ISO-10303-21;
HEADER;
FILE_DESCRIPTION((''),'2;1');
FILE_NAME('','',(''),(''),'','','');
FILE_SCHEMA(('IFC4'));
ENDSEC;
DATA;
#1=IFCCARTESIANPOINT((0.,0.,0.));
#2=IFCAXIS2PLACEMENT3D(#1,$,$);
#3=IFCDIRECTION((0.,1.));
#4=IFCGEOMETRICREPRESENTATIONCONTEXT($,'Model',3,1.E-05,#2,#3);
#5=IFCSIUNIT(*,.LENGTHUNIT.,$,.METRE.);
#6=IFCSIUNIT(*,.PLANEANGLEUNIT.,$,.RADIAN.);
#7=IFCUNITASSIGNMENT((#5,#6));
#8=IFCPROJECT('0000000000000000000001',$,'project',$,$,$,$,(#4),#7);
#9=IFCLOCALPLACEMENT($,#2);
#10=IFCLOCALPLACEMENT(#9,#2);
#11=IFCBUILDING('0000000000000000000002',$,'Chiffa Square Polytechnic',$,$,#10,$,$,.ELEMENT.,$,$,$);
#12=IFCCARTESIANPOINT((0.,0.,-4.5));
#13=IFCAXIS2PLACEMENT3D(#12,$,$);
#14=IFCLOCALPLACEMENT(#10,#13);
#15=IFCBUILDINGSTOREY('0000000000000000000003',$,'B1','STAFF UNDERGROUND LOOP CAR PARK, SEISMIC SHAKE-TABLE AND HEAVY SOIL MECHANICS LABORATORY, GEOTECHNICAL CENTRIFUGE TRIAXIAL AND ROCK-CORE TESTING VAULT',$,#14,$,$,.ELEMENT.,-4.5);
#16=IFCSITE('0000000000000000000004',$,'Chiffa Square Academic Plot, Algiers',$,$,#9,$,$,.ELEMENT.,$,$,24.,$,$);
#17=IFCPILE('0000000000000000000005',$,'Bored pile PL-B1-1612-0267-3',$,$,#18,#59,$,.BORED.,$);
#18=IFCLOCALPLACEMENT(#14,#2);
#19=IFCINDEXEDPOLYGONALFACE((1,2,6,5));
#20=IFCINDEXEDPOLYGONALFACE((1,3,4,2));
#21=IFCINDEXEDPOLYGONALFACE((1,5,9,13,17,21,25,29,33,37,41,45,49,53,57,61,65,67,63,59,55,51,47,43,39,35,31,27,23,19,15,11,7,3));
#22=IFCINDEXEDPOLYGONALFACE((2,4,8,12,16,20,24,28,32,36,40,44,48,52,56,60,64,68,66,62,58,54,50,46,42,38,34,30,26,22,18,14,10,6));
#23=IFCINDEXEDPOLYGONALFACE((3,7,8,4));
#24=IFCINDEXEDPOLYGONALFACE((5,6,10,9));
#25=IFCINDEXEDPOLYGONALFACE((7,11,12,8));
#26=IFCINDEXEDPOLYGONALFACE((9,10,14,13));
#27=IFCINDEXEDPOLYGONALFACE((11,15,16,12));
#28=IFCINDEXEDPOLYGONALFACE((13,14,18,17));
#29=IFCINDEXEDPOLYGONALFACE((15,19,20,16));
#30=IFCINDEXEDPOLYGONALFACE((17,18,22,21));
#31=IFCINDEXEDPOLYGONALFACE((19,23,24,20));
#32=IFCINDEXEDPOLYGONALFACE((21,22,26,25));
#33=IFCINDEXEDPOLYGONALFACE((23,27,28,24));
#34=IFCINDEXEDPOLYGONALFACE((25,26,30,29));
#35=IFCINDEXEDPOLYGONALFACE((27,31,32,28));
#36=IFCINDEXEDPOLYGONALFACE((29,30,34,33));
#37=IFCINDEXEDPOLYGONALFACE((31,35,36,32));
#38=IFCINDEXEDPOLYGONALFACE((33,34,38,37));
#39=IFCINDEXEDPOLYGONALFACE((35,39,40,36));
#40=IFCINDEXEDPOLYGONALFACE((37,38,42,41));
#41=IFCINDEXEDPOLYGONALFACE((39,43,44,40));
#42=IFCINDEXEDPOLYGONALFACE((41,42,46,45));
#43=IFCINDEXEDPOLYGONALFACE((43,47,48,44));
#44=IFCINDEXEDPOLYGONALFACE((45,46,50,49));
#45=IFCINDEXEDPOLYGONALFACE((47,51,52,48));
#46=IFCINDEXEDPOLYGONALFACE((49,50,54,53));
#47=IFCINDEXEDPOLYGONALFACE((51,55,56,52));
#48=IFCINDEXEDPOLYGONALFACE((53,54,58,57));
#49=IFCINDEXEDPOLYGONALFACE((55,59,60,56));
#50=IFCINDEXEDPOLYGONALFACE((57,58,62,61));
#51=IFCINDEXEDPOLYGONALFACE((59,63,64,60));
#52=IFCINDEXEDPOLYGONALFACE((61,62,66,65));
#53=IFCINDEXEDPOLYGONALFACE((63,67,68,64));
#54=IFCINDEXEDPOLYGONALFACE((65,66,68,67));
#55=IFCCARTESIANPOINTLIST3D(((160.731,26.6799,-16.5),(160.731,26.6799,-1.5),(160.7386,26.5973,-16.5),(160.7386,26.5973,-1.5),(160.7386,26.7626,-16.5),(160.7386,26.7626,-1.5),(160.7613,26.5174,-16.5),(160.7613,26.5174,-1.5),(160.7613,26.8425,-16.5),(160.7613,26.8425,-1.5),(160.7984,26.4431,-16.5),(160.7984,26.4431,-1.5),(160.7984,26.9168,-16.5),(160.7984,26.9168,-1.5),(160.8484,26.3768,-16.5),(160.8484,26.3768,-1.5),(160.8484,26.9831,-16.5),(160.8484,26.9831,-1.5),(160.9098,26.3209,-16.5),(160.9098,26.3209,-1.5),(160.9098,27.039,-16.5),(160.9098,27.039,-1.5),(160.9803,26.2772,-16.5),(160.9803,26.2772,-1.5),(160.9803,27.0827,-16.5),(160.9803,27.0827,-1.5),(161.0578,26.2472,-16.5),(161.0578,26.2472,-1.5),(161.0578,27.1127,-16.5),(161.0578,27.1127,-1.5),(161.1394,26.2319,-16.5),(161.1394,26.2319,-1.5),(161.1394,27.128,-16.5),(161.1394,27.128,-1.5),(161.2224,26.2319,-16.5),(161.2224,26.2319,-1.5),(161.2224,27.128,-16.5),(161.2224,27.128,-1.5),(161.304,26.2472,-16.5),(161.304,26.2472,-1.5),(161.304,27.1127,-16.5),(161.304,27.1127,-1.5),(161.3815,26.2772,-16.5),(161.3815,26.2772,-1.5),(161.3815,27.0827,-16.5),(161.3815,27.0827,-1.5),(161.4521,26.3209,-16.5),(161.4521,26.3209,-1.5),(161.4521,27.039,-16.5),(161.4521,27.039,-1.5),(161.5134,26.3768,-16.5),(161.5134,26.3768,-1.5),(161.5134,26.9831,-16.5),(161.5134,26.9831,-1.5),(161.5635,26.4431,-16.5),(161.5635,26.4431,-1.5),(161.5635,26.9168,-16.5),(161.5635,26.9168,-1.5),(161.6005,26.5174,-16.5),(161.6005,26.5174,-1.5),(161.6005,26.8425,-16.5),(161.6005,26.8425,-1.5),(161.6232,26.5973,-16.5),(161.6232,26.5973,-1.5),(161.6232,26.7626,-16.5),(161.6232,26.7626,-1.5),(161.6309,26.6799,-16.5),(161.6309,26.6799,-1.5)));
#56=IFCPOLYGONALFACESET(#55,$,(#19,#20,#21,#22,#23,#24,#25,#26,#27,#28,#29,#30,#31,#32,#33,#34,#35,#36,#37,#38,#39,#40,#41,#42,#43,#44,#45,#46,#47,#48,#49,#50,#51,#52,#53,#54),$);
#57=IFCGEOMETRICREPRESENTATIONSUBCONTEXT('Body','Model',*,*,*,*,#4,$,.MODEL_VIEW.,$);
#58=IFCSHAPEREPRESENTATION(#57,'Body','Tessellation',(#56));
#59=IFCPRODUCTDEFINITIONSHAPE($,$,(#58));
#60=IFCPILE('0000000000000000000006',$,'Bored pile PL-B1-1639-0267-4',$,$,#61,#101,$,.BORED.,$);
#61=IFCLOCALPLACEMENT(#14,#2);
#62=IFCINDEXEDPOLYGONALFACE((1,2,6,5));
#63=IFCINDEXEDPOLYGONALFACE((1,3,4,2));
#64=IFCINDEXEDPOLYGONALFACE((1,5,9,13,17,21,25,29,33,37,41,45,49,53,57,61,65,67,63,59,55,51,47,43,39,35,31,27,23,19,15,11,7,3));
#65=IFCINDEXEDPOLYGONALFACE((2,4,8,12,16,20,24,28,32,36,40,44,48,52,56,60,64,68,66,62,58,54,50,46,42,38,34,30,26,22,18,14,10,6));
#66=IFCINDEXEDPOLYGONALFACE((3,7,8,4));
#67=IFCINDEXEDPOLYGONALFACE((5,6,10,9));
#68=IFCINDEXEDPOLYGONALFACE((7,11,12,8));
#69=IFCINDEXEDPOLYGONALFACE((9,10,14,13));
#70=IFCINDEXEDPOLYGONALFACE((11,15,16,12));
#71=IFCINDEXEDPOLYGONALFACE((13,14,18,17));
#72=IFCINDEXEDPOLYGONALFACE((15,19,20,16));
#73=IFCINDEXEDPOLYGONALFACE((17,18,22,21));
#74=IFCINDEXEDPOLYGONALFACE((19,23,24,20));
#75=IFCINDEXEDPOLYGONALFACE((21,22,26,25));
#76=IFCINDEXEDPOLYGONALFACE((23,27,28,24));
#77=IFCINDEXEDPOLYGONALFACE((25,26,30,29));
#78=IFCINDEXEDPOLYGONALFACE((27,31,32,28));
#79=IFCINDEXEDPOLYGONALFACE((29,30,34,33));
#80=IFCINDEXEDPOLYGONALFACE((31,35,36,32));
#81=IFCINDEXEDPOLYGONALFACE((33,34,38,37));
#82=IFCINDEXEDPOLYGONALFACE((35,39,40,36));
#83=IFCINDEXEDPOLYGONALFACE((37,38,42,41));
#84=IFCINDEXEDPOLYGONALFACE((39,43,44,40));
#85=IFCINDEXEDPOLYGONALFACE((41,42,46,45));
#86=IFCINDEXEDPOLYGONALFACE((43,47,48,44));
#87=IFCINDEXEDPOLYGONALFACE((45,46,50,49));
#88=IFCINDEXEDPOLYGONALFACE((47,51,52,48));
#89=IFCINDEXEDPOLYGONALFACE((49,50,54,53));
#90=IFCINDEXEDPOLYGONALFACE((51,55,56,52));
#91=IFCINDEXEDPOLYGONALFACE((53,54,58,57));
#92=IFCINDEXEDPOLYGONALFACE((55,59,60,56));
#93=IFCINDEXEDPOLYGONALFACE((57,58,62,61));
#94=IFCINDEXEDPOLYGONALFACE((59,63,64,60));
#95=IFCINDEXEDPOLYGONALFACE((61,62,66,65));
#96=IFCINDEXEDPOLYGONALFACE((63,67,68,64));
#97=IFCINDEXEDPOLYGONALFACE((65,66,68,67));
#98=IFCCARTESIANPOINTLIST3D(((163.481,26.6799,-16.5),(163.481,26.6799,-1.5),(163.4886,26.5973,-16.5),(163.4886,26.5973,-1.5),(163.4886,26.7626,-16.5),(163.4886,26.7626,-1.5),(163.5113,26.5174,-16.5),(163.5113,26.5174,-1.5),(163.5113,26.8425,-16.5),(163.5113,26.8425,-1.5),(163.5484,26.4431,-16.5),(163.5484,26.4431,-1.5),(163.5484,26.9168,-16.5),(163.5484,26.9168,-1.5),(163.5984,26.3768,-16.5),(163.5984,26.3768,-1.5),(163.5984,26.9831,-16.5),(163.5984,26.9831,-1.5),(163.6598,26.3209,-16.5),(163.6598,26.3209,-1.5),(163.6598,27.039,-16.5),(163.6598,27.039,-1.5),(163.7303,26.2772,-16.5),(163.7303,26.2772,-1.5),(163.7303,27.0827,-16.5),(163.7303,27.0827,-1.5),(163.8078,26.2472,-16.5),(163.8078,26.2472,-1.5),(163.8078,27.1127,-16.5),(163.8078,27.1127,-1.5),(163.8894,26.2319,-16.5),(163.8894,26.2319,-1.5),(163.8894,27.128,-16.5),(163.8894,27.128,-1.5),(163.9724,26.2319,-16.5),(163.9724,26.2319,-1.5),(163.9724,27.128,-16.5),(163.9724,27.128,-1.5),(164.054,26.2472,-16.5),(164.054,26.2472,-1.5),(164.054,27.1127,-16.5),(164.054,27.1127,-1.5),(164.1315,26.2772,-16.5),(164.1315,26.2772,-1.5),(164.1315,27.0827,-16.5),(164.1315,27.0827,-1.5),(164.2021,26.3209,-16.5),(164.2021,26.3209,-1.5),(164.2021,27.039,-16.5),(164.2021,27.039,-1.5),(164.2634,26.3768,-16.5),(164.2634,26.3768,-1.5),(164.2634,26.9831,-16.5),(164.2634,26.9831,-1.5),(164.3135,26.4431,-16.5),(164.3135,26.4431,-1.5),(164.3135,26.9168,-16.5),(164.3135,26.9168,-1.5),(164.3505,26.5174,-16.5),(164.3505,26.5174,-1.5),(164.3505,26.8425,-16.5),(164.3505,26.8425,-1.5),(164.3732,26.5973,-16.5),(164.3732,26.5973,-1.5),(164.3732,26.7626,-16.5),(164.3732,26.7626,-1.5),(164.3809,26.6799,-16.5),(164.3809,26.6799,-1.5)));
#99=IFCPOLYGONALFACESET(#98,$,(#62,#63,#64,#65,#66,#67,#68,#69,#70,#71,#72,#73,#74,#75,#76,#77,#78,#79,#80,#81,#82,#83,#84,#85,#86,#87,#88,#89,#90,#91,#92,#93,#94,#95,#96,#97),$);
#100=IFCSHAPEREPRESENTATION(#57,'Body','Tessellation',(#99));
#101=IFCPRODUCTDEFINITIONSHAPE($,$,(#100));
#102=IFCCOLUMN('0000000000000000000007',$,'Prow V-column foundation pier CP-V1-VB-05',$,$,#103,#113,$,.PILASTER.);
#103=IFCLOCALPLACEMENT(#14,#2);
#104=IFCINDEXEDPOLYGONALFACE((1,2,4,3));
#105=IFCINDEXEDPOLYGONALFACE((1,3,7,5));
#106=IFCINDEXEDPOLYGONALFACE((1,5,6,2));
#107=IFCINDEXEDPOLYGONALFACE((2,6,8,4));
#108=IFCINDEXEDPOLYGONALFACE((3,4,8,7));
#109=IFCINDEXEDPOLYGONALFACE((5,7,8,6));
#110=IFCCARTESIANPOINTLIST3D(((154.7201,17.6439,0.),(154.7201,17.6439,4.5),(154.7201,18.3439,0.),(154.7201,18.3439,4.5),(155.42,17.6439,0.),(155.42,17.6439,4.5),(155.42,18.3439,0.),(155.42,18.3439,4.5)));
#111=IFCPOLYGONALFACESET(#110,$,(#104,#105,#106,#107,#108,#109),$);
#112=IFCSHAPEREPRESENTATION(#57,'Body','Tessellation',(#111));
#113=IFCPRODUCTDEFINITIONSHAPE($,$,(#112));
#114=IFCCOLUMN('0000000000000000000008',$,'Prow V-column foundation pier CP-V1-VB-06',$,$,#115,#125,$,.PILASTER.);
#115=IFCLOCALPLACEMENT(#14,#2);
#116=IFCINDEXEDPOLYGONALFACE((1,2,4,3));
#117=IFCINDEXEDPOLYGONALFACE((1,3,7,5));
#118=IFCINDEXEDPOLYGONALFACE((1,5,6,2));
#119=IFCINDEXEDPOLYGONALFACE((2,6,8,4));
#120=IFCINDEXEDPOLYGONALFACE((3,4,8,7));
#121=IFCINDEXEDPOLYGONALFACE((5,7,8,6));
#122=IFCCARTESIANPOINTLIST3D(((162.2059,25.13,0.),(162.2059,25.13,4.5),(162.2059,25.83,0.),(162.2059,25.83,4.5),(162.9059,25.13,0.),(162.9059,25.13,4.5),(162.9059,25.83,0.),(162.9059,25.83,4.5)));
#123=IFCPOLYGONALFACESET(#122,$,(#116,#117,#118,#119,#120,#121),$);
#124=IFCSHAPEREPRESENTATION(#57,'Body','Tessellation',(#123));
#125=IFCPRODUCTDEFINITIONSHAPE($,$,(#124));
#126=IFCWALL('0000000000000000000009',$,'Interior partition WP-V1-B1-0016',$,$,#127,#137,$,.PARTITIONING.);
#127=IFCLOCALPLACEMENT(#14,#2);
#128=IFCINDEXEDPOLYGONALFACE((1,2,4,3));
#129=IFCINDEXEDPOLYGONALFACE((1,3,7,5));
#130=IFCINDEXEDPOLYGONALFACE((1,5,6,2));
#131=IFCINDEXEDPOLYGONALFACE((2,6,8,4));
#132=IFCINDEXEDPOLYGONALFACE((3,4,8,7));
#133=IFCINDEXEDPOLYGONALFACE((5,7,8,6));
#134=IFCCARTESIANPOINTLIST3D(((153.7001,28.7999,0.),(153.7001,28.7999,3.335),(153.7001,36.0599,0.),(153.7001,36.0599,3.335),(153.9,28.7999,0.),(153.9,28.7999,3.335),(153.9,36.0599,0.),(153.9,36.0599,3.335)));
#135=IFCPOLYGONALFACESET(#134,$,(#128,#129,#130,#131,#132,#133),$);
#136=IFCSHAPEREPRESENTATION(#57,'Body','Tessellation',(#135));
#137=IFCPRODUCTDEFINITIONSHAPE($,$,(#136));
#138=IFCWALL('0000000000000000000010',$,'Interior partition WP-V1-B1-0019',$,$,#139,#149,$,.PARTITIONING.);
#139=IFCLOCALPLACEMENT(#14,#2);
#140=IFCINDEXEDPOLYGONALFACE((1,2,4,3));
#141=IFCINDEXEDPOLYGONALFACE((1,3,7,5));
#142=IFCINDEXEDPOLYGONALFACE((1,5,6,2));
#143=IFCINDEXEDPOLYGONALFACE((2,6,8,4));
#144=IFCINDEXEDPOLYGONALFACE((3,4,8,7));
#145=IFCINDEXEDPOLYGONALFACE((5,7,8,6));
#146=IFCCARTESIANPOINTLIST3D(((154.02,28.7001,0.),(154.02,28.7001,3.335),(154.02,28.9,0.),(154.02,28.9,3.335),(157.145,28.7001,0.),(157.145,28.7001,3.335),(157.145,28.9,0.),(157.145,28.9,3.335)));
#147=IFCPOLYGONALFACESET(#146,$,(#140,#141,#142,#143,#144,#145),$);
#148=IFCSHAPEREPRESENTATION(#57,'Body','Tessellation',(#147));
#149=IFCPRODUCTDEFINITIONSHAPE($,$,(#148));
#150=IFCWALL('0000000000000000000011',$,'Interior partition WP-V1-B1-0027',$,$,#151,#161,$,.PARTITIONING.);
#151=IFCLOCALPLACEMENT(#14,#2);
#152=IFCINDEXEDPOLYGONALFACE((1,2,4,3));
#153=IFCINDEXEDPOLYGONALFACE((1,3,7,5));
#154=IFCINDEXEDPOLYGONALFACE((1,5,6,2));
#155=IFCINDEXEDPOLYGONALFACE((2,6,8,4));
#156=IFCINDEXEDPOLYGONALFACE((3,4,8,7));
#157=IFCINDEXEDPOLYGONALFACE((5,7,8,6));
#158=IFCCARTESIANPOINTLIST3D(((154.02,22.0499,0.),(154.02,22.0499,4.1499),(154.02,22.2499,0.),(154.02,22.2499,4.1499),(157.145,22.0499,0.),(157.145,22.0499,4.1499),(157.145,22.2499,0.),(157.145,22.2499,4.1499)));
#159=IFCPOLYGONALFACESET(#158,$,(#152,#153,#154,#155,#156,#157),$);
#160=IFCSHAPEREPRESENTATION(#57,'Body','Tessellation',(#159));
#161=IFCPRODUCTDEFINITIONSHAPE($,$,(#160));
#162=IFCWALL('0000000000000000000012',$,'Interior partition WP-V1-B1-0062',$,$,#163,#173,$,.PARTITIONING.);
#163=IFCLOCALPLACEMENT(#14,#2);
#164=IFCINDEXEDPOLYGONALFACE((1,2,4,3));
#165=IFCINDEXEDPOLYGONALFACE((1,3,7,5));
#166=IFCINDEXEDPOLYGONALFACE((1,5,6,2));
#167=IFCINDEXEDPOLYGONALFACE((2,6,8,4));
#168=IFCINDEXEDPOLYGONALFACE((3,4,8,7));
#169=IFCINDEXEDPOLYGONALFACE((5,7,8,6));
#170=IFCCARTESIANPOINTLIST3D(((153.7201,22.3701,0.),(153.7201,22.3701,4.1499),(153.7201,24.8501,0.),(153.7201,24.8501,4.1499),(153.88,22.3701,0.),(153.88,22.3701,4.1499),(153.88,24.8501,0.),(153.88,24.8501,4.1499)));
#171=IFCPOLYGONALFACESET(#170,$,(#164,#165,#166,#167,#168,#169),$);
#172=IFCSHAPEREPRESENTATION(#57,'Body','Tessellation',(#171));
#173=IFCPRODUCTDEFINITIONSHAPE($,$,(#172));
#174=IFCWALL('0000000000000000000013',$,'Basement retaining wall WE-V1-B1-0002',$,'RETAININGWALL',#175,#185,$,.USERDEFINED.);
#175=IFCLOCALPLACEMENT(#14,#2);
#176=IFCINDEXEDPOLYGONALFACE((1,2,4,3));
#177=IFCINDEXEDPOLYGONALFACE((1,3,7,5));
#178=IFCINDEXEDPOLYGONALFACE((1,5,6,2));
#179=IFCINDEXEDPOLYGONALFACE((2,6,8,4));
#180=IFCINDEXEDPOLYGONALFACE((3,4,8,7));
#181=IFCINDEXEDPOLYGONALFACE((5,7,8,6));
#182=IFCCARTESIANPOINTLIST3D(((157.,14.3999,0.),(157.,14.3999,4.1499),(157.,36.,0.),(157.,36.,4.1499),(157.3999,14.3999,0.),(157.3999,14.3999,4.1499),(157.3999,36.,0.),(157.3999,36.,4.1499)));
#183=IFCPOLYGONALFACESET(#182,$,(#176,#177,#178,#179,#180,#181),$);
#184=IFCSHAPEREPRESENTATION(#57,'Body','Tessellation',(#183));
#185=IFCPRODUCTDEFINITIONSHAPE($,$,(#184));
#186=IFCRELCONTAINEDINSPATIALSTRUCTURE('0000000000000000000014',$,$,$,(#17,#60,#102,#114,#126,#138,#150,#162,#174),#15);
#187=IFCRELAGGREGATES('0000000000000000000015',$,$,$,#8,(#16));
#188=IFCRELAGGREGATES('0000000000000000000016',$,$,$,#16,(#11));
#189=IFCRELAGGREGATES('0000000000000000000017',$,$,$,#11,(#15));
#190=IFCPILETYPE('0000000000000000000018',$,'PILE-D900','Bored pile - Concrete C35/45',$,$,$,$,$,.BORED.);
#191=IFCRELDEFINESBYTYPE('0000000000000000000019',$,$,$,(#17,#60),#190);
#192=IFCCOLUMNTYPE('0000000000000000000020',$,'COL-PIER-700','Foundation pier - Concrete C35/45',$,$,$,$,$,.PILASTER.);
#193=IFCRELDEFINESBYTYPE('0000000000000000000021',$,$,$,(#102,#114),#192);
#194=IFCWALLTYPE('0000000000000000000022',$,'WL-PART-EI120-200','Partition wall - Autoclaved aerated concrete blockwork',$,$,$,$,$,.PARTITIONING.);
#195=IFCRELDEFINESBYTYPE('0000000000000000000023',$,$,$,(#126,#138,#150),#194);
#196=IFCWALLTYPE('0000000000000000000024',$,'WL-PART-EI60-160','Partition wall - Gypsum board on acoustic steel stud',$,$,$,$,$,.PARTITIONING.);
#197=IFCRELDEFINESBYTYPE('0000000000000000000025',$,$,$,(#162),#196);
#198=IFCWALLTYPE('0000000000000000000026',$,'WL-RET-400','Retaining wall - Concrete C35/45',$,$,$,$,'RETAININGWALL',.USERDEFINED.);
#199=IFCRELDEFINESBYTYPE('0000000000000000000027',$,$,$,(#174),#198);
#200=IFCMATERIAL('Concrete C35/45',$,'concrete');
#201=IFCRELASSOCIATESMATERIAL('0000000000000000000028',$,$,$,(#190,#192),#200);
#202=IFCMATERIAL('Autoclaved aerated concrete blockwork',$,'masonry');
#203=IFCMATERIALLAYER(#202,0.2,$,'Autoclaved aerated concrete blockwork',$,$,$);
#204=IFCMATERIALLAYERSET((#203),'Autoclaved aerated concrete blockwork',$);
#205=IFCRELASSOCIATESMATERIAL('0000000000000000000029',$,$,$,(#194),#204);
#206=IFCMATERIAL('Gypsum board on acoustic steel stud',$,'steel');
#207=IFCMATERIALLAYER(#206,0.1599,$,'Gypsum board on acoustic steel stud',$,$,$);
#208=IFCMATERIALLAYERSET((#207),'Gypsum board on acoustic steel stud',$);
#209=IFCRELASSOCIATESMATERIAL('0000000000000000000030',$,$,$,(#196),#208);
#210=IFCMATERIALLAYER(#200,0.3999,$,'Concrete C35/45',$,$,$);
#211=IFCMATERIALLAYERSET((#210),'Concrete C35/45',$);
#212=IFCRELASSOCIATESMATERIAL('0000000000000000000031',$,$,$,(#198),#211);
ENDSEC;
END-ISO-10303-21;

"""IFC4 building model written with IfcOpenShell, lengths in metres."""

from ifc_helpers import new_model, si_unit, direction, frame, frame_2d, origin, origin_2d, place, context, subcontext, project, spatial, rectangle, circle, extrude, material, layer, layer_set, material_profile, profile_set, type_object, element, save


model = new_model("IFC4")

# Units and contexts
model_context = context("Model", 3, precision=1e-05, world=origin(), true_north=direction((0.0, 1.0)))
body_context = subcontext(model_context, "Body", "Model", "MODEL_VIEW")
ifc_project = project(units=[si_unit("LENGTHUNIT", "METRE"), si_unit("PLANEANGLEUNIT", "RADIAN")], contexts=[model_context])

# Site, building, storey
site_placement = place(None, origin())
site = spatial("IfcSite", under=ifc_project, at=site_placement, Name="Chiffa Square Academic Plot, Algiers", CompositionType="ELEMENT", RefElevation=24.0)
building_placement = place(site_placement, origin())
building = spatial("IfcBuilding", under=site, at=building_placement, Name="Chiffa Square Polytechnic", CompositionType="ELEMENT")
storey_placement = place(building_placement, frame((0.0, 0.0, -4.5)))
storey = spatial("IfcBuildingStorey", under=building, at=storey_placement, Name="B1", Description="STAFF UNDERGROUND LOOP CAR PARK, SEISMIC SHAKE-TABLE AND HEAVY SOIL MECHANICS LABORATORY, GEOTECHNICAL CENTRIFUGE TRIAXIAL AND ROCK-CORE TESTING VAULT", CompositionType="ELEMENT", Elevation=-4.5)

# Shared definitions
ifc_material_1 = material(Name="Concrete C35/45", Category="concrete")

# Piles
ifc_material_profile_1 = material_profile(ifc_material_1, circle(Radius=0.45, at=origin_2d()), Name="PILE D900")
ifc_profile_set_1 = profile_set([ifc_material_profile_1], Name="Concrete C35/45")
pile_type_1 = type_object("IfcPileType", Name="PILE-D900", Description="Bored pile - Concrete C35/45", PredefinedType="BORED", material=ifc_profile_set_1)
for number, where, z_axis, x_axis, name in (
    (1, (161.1809, 26.6799, -1.5), (0.0, 0.0, -1.0), (1.0, 0.0, 0.0), "Bored pile PL-B1-1612-0267-3"),
    (2, (163.9309, 26.6799, -1.5), (0.0, 0.0, -1.0), (1.0, 0.0, 0.0), "Bored pile PL-B1-1639-0267-4"),
):
    element("IfcPile", number, at=place(storey_placement, frame(where, z_axis=z_axis, x_axis=x_axis)), inside=storey, type_object=pile_type_1, Name=name, PredefinedType="BORED", context=body_context, shape_type="SweptSolid", body=[
        extrude(circle(Radius=0.45, at=origin_2d()), origin(), (0.0, 0.0, 1.0), 15.0),
    ])

# Columns
ifc_material_profile_2 = material_profile(ifc_material_1, rectangle(XDim=0.7, YDim=0.7, at=origin_2d()), Name="RC 700x700")
ifc_profile_set_2 = profile_set([ifc_material_profile_2], Name="Concrete C35/45")
column_type = type_object("IfcColumnType", Name="COL-PIER-700", Description="Foundation pier - Concrete C35/45", PredefinedType="PILASTER", material=ifc_profile_set_2)
for number, where, z_axis, x_axis, name in (
    (3, (155.0701, 17.9939, 0.0), (0.0, 0.0, 1.0), (1.0, 0.0, 0.0), "Prow V-column foundation pier CP-V1-VB-05"),
    (4, (162.5559, 25.48, 0.0), (0.0, 0.0, 1.0), (1.0, 0.0, 0.0), "Prow V-column foundation pier CP-V1-VB-06"),
):
    element("IfcColumn", number, at=place(storey_placement, frame(where, z_axis=z_axis, x_axis=x_axis)), inside=storey, type_object=column_type, Name=name, PredefinedType="PILASTER", context=body_context, shape_type="SweptSolid", body=[
        extrude(rectangle(XDim=0.7, YDim=0.7, at=origin_2d()), origin(), (0.0, 0.0, 1.0), 4.5),
    ])

# Walls
ifc_material_2 = material(Name="Autoclaved aerated concrete blockwork", Category="masonry")
ifc_layer_1 = layer(ifc_material_2, 0.2, Name="Autoclaved aerated concrete blockwork")
ifc_layer_set_1 = layer_set([ifc_layer_1], Name="Autoclaved aerated concrete blockwork")
wall_type_1 = type_object("IfcWallType", Name="WL-PART-EI120-200", Description="Partition wall - Autoclaved aerated concrete blockwork", PredefinedType="PARTITIONING", material=ifc_layer_set_1)
wall_1_placement = place(storey_placement, frame((153.8, 28.8, 0.0), z_axis=(0.0, 0.0, 1.0), x_axis=(0.0, 1.0, 0.0)))
element("IfcWall", 5, at=wall_1_placement, inside=storey, type_object=wall_type_1, Name="Interior partition WP-V1-B1-0016", PredefinedType="PARTITIONING", context=body_context, shape_type="SweptSolid", body=[
    extrude(rectangle(XDim=7.26, YDim=0.2, at=frame_2d((3.6299, 0.0))), origin(), (0.0, 0.0, 1.0), 3.335),
])
wall_2_placement = place(storey_placement, frame((154.02, 28.8, 0.0), z_axis=(0.0, 0.0, 1.0), x_axis=(1.0, 0.0, 0.0)))
element("IfcWall", 6, at=wall_2_placement, inside=storey, type_object=wall_type_1, Name="Interior partition WP-V1-B1-0019", PredefinedType="PARTITIONING", context=body_context, shape_type="SweptSolid", body=[
    extrude(rectangle(XDim=3.125, YDim=0.2, at=frame_2d((1.5625, 0.0))), origin(), (0.0, 0.0, 1.0), 3.335),
])

# Walls
wall_3_placement = place(storey_placement, frame((154.02, 22.1499, 0.0), z_axis=(0.0, 0.0, 1.0), x_axis=(1.0, 0.0, 0.0)))
element("IfcWall", 7, at=wall_3_placement, inside=storey, type_object=wall_type_1, Name="Interior partition WP-V1-B1-0027", PredefinedType="PARTITIONING", context=body_context, shape_type="SweptSolid", body=[
    extrude(rectangle(XDim=3.125, YDim=0.2, at=frame_2d((1.5625, 0.0))), origin(), (0.0, 0.0, 1.0), 4.1499),
])
ifc_material_3 = material(Name="Gypsum board on acoustic steel stud", Category="steel")
ifc_layer_2 = layer(ifc_material_3, 0.1599, Name="Gypsum board on acoustic steel stud")
ifc_layer_set_2 = layer_set([ifc_layer_2], Name="Gypsum board on acoustic steel stud")
wall_type_2 = type_object("IfcWallType", Name="WL-PART-EI60-160", Description="Partition wall - Gypsum board on acoustic steel stud", PredefinedType="PARTITIONING", material=ifc_layer_set_2)
wall_4_placement = place(storey_placement, frame((153.8, 22.3701, 0.0), z_axis=(0.0, 0.0, 1.0), x_axis=(0.0, 1.0, 0.0)))
element("IfcWall", 8, at=wall_4_placement, inside=storey, type_object=wall_type_2, Name="Interior partition WP-V1-B1-0062", PredefinedType="PARTITIONING", context=body_context, shape_type="SweptSolid", body=[
    extrude(rectangle(XDim=2.48, YDim=0.1599, at=frame_2d((1.24, 0.0))), origin(), (0.0, 0.0, 1.0), 4.1499),
])
ifc_layer_3 = layer(ifc_material_1, 0.3999, Name="Concrete C35/45")
ifc_layer_set_3 = layer_set([ifc_layer_3], Name="Concrete C35/45")
wall_type_3 = type_object("IfcWallType", Name="WL-RET-400", Description="Retaining wall - Concrete C35/45", ElementType="RETAININGWALL", PredefinedType="USERDEFINED", material=ifc_layer_set_3)
wall_5_placement = place(storey_placement, frame((157.2, 14.3999, 0.0), z_axis=(0.0, 0.0, 1.0), x_axis=(0.0, 1.0, 0.0)))
element("IfcWall", 9, at=wall_5_placement, inside=storey, type_object=wall_type_3, Name="Basement retaining wall WE-V1-B1-0002", ObjectType="RETAININGWALL", PredefinedType="USERDEFINED", context=body_context, shape_type="SweptSolid", body=[
    extrude(rectangle(XDim=21.6001, YDim=0.3999, at=frame_2d((10.8, 0.0))), origin(), (0.0, 0.0, 1.0), 4.1499),
])

save(model, "model.ifc")
